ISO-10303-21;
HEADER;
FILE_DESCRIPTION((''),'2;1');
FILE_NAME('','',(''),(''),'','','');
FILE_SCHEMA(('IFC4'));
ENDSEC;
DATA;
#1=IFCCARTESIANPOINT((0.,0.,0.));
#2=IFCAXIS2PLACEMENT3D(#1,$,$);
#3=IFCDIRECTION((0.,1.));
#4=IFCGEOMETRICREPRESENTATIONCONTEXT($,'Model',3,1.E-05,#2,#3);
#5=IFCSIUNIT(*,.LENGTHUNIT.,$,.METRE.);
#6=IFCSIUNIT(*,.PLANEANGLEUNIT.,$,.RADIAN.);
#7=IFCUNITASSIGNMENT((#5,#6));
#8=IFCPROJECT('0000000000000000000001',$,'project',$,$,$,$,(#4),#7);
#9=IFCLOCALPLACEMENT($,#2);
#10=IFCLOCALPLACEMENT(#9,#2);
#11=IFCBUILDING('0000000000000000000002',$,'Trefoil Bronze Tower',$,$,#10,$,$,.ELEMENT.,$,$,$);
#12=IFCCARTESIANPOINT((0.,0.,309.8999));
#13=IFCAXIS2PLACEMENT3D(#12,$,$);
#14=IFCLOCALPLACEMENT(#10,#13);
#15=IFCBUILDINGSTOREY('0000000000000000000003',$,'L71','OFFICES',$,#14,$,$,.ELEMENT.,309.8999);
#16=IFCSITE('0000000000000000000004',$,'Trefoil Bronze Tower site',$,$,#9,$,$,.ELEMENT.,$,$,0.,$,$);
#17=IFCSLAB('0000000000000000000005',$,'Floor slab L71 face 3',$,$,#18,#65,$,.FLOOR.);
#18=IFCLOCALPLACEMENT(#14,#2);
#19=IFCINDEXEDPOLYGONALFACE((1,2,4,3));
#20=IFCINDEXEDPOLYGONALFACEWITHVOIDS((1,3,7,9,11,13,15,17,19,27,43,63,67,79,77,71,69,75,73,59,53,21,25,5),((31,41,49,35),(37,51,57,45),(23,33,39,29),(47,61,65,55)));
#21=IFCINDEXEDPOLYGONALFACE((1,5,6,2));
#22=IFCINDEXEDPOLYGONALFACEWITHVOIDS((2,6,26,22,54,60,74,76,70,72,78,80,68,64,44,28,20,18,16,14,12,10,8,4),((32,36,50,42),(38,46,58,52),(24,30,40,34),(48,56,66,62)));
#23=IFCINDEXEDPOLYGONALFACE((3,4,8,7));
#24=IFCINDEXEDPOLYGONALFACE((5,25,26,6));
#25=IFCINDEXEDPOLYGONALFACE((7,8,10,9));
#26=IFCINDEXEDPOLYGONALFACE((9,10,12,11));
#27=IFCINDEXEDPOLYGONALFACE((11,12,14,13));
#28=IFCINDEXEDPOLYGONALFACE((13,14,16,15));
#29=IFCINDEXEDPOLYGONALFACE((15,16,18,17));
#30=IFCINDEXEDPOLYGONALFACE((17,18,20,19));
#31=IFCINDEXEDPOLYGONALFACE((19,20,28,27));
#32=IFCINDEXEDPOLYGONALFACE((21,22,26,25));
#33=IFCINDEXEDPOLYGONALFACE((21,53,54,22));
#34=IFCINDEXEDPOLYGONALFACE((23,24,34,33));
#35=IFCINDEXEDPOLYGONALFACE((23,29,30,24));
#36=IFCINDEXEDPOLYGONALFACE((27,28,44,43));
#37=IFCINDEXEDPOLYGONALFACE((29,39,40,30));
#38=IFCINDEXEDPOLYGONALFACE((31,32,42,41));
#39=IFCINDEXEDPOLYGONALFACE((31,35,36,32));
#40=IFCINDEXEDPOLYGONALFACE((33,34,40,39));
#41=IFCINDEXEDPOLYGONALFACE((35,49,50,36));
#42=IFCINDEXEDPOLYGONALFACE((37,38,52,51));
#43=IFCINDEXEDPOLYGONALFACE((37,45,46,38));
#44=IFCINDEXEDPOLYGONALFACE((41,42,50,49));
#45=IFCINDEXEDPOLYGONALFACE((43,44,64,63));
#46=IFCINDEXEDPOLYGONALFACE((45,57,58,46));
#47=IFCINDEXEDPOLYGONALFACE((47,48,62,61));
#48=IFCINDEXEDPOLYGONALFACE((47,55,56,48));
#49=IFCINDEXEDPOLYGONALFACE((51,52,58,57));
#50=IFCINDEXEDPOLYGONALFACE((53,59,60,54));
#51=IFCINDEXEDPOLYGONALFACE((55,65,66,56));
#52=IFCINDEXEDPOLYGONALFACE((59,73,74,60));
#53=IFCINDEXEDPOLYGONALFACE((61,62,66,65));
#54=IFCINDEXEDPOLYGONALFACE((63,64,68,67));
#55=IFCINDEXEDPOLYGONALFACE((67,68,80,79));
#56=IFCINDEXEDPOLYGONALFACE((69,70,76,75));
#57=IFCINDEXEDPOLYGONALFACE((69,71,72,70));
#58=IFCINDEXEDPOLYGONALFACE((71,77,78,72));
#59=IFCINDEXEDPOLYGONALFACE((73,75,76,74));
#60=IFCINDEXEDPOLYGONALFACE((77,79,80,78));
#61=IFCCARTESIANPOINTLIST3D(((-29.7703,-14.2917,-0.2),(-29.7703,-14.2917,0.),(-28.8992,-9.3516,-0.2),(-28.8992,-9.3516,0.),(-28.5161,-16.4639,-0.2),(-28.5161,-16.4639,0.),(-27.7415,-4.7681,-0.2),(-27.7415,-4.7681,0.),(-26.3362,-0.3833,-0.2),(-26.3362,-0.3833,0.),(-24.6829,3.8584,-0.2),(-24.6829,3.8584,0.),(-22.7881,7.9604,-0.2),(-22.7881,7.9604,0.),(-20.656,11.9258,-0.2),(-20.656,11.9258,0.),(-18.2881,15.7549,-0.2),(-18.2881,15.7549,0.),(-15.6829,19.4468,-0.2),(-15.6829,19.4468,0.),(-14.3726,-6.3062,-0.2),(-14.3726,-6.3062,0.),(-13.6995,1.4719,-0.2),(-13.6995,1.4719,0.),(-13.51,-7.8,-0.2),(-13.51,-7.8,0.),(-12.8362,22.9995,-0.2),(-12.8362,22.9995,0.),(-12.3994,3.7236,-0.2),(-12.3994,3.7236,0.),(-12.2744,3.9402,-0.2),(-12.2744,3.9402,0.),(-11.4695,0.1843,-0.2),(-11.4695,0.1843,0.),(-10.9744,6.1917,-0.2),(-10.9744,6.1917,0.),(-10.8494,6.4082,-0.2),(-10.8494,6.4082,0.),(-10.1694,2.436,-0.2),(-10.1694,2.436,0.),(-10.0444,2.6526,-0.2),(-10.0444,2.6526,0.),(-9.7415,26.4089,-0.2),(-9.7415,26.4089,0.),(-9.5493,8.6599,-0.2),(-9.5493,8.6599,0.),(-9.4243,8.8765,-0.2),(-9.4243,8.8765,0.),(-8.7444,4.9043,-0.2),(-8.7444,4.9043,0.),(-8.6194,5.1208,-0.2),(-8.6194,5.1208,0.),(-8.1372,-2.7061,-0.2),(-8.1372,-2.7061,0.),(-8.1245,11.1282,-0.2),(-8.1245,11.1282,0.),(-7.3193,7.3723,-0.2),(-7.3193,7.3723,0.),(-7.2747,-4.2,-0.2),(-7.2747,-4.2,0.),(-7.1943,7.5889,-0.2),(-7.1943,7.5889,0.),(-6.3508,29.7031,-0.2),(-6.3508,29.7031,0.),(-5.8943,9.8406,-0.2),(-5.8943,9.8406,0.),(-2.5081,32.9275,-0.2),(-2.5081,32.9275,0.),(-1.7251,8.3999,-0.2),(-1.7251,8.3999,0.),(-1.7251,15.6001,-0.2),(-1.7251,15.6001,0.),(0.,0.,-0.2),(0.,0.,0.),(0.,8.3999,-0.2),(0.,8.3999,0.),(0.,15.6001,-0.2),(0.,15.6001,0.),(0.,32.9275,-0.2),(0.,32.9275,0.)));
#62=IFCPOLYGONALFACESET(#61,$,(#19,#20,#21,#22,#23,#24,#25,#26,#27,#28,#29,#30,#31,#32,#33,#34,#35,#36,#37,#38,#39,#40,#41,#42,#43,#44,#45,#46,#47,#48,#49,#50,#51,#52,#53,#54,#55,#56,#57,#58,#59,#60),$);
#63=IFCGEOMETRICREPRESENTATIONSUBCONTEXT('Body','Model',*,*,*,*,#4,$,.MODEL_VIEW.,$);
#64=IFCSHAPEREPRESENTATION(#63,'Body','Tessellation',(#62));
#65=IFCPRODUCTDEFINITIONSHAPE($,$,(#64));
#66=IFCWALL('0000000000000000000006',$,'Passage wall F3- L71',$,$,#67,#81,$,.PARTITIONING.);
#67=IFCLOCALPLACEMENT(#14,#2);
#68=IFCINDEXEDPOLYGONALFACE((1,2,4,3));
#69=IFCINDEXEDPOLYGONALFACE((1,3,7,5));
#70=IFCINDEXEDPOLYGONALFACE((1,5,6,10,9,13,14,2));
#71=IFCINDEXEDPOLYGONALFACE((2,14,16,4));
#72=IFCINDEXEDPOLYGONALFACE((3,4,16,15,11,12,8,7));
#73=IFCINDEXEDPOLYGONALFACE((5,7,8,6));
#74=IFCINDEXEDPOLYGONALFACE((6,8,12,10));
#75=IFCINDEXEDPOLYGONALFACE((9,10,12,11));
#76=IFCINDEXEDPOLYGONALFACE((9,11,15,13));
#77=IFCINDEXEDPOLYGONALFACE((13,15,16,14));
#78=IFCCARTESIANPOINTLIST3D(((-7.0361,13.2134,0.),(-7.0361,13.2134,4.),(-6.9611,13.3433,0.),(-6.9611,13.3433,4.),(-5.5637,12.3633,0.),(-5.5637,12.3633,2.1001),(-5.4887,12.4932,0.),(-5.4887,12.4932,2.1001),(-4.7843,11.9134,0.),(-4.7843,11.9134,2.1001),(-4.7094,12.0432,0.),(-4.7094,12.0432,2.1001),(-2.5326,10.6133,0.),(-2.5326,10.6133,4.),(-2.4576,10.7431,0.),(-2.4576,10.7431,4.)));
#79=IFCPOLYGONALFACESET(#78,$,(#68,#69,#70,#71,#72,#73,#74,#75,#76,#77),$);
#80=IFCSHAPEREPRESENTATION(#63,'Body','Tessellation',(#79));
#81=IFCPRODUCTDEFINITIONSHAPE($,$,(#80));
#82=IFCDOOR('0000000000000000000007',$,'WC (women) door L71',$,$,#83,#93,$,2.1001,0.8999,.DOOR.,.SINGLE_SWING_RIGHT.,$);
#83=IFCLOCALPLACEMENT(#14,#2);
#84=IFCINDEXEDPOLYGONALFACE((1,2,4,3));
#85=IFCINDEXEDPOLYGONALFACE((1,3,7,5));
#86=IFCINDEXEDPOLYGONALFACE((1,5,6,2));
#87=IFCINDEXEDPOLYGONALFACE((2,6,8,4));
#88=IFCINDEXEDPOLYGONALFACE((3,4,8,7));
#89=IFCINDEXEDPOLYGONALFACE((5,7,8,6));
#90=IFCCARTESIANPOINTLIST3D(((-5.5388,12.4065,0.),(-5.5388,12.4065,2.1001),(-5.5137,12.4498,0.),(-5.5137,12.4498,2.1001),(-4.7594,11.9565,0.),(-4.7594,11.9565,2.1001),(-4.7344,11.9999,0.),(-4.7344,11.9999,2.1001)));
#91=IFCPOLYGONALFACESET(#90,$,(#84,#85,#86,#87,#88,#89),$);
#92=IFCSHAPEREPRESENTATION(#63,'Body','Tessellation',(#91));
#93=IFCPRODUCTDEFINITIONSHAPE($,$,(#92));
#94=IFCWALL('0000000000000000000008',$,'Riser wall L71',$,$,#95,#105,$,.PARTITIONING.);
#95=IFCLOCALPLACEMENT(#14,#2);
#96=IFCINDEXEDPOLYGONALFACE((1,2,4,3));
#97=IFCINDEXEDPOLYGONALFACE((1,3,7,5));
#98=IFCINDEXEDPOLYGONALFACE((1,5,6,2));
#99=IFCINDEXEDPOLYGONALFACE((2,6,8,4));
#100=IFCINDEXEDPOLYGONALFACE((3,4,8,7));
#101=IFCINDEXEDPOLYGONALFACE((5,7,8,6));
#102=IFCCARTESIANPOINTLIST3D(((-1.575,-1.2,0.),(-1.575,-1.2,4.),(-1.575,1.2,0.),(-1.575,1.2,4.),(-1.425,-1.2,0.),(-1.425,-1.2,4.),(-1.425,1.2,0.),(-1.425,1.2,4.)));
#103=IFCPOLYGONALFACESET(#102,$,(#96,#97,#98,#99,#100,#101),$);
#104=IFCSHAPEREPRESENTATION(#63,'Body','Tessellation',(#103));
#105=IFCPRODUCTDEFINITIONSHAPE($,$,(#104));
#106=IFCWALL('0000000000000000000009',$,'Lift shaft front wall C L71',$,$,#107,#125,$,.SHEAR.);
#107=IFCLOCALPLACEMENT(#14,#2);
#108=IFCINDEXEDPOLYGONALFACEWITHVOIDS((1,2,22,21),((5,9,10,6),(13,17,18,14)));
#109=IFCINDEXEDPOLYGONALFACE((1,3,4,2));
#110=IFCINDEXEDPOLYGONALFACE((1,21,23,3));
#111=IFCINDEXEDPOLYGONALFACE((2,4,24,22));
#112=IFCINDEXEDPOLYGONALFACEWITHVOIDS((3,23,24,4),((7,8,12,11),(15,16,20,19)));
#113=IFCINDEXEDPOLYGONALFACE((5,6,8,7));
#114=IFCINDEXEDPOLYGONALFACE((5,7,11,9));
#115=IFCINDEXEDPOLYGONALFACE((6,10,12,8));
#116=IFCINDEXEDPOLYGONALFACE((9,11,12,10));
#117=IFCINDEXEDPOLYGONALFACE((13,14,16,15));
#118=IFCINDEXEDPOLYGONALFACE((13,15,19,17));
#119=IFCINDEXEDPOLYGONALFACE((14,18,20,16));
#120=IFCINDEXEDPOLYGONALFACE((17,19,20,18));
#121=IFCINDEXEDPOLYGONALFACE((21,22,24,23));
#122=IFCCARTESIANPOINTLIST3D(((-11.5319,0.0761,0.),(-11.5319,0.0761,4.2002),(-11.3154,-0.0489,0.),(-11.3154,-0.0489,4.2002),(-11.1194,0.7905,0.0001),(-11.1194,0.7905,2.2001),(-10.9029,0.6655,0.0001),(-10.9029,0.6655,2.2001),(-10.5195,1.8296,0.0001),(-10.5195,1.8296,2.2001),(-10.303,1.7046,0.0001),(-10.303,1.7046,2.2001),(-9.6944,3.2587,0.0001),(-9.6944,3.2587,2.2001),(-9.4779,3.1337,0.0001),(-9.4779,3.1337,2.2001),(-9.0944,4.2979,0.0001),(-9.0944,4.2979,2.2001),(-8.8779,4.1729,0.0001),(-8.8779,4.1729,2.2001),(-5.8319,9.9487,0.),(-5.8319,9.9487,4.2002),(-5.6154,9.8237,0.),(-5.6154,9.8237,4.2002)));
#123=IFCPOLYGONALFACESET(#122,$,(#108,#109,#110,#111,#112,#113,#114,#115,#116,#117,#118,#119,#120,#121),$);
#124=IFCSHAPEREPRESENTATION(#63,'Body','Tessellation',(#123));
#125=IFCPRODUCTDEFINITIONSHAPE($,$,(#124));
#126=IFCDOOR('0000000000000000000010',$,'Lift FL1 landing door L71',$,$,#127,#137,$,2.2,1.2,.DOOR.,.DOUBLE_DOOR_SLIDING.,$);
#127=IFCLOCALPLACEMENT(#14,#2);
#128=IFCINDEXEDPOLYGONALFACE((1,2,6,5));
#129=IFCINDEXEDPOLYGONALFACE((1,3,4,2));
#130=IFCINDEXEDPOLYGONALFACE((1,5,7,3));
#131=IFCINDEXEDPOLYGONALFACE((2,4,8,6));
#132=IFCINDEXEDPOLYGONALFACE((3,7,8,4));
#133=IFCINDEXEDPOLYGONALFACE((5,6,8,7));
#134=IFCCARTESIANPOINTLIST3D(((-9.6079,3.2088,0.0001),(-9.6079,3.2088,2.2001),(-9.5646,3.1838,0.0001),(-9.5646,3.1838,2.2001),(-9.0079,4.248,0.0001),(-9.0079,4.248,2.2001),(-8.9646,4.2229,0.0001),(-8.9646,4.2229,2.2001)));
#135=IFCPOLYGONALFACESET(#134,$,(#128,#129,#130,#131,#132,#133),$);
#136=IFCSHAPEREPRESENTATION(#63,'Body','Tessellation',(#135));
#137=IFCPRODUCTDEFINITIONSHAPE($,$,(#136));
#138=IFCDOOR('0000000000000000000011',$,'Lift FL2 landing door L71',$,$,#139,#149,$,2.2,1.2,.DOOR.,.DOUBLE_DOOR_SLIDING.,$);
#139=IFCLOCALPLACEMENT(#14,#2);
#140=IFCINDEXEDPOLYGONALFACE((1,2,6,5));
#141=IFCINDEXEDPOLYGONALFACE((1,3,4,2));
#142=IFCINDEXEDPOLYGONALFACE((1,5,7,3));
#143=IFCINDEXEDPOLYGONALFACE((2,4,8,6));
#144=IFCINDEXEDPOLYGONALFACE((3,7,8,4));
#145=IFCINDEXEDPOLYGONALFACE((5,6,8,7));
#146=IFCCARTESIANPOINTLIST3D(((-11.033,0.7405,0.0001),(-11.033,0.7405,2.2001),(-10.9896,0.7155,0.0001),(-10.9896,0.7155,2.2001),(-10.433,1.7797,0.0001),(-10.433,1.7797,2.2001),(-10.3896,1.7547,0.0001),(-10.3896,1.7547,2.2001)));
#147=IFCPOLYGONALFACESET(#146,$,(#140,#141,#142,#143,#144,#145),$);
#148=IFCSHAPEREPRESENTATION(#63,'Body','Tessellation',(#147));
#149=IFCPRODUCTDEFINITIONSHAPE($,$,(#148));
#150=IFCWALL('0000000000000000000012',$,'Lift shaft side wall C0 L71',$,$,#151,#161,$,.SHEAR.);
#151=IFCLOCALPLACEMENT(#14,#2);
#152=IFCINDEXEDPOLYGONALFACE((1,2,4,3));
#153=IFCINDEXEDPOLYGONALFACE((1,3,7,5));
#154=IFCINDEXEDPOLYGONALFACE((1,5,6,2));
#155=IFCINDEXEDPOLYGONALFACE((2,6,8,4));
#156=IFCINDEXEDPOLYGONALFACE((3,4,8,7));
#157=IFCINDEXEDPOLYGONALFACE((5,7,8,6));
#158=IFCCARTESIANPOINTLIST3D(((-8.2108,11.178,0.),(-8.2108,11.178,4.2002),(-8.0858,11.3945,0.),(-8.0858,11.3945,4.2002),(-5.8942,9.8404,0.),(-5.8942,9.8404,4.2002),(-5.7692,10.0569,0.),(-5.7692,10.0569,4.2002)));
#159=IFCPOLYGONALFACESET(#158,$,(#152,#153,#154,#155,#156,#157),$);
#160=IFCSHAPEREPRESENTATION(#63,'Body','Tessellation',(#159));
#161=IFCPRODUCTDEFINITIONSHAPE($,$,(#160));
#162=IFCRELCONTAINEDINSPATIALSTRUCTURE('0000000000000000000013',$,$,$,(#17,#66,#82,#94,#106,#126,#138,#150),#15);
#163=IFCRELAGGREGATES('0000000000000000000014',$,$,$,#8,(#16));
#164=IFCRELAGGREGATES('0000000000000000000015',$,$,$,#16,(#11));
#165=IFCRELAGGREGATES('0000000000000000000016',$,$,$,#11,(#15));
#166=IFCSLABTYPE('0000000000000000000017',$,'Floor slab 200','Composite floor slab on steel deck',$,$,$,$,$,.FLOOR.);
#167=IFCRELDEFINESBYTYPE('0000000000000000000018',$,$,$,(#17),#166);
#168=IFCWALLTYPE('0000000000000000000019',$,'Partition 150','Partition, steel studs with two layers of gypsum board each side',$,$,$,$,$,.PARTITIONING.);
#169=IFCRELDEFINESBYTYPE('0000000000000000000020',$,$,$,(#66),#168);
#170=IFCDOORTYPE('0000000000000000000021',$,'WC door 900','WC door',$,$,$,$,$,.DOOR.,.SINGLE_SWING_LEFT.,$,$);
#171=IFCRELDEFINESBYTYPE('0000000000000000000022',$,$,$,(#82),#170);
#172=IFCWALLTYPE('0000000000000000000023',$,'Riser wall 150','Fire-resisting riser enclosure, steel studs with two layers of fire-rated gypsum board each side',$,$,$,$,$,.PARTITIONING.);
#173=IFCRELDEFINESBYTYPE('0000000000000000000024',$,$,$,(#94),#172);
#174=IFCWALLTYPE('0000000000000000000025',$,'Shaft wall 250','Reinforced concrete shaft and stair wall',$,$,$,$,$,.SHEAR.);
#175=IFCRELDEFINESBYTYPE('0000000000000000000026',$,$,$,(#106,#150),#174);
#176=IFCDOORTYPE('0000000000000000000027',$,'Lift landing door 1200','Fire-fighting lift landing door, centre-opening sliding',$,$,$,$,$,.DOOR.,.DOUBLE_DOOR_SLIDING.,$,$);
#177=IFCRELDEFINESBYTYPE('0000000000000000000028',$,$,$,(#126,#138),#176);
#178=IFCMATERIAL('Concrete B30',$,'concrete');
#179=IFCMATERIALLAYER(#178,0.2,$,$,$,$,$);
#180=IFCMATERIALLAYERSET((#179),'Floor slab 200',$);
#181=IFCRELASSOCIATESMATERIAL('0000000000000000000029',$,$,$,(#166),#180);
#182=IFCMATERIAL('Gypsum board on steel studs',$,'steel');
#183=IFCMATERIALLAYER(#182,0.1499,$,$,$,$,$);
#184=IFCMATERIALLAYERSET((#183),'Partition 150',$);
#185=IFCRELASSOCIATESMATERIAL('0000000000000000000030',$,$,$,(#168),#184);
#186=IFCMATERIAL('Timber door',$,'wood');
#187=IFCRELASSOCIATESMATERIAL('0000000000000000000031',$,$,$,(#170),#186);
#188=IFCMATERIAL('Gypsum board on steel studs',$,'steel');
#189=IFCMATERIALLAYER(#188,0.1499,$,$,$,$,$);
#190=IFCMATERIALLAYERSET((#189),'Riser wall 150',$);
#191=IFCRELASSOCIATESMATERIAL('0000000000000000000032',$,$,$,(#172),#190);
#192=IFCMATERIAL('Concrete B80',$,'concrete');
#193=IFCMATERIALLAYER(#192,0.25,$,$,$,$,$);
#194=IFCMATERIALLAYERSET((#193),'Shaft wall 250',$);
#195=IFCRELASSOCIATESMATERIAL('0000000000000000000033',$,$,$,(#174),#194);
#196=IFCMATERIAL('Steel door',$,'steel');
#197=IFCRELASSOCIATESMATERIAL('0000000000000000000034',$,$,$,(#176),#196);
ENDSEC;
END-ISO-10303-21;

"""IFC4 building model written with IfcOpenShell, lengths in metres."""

from ifc_helpers import new_model, si_unit, direction, frame, frame_2d, origin, place, context, subcontext, project, spatial, polyline, rectangle, outline, extrude, material, layer, layer_set, type_object, element, fill, save


model = new_model("IFC4")

# Units and contexts
model_context = context("Model", 3, precision=1e-05, world=origin(), true_north=direction((0.0, 1.0)))
body_context = subcontext(model_context, "Body", "Model", "MODEL_VIEW")
ifc_project = project(units=[si_unit("LENGTHUNIT", "METRE"), si_unit("PLANEANGLEUNIT", "RADIAN")], contexts=[model_context])

# Site, building, storey
site_placement = place(None, origin())
site = spatial("IfcSite", under=ifc_project, at=site_placement, Name="Trefoil Bronze Tower site", CompositionType="ELEMENT", RefElevation=0.0)
building_placement = place(site_placement, origin())
building = spatial("IfcBuilding", under=site, at=building_placement, Name="Trefoil Bronze Tower", CompositionType="ELEMENT")
storey_placement = place(building_placement, frame((0.0, 0.0, 309.8999)))
storey = spatial("IfcBuildingStorey", under=building, at=storey_placement, Name="L71", Description="OFFICES", CompositionType="ELEMENT", Elevation=309.8999)

# Slab
ifc_material_1 = material(Name="Concrete B30", Category="concrete")
ifc_layer_1 = layer(ifc_material_1, 0.2)
ifc_layer_set_1 = layer_set([ifc_layer_1], Name="Floor slab 200")
slab_type = type_object("IfcSlabType", Name="Floor slab 200", Description="Composite floor slab on steel deck", PredefinedType="FLOOR", material=ifc_layer_set_1)
slab_placement = place(storey_placement, frame((0.0, 0.0, -0.2)))
element("IfcSlab", 1, at=slab_placement, inside=storey, type_object=slab_type, Name="Floor slab L71 face 3", PredefinedType="FLOOR", context=body_context, shape_type="SweptSolid", body=[
    extrude(outline(polyline([(-26.3362, -0.3833), (-24.6829, 3.8584), (-22.7881, 7.9604), (-20.656, 11.9258), (-18.2881, 15.7549), (-15.6829, 19.4468), (-12.8362, 22.9995), (-9.7415, 26.4089), (-6.3508, 29.7031), (-2.5081, 32.9275), (0.0, 32.9275), (0.0, 15.6001), (-1.7251, 15.6001), (-1.7251, 8.3999), (0.0, 8.3999), (0.0, 0.0), (-7.2747, -4.2), (-8.1372, -2.7061), (-14.3726, -6.3062), (-13.51, -7.8), (-28.5161, -16.4639), (-29.7703, -14.2917), (-28.8992, -9.3516), (-27.7415, -4.7681), (-26.3362, -0.3833)]), holes=[polyline([(-5.8943, 9.8406), (-7.1943, 7.5889), (-9.4243, 8.8765), (-8.1245, 11.1282), (-5.8943, 9.8406)]), polyline([(-7.3193, 7.3723), (-8.6194, 5.1208), (-10.8494, 6.4082), (-9.5493, 8.6599), (-7.3193, 7.3723)]), polyline([(-8.7444, 4.9043), (-10.0444, 2.6526), (-12.2744, 3.9402), (-10.9744, 6.1917), (-8.7444, 4.9043)]), polyline([(-10.1694, 2.436), (-11.4695, 0.1843), (-13.6995, 1.4719), (-12.3994, 3.7236), (-10.1694, 2.436)])]), origin(), (0.0, 0.0, 1.0), 0.2),
])

# Wall, opening, door
ifc_material_2 = material(Name="Gypsum board on steel studs", Category="steel")
ifc_layer_2 = layer(ifc_material_2, 0.1499)
ifc_layer_set_2 = layer_set([ifc_layer_2], Name="Partition 150")
wall_type_1 = type_object("IfcWallType", Name="Partition 150", Description="Partition, steel studs with two layers of gypsum board each side", PredefinedType="PARTITIONING", material=ifc_layer_set_2)
wall_1_placement = place(storey_placement, frame((-2.4951, 10.6782, 0.0), z_axis=(0.0, 0.0, 1.0), x_axis=(-0.866021, 0.500007, 0.0)))
wall_1 = element("IfcWall", 2, at=wall_1_placement, inside=storey, type_object=wall_type_1, Name="Passage wall F3- L71", PredefinedType="PARTITIONING", context=body_context, shape_type="SweptSolid", body=[
    extrude(rectangle(XDim=5.2002, YDim=0.1499, at=frame_2d((2.6001, 0.0))), origin(), (0.0, 0.0, 1.0), 4.0),
])
opening_1_placement = place(wall_1_placement, frame((2.6001, 0.0, 0.0)))
opening_1 = element("IfcOpeningElement", 3, at=opening_1_placement, cuts=wall_1, PredefinedType="OPENING", context=body_context, shape_type="SweptSolid", body=[
    extrude(rectangle(XDim=0.8999, YDim=2.1001, at=frame_2d((0.45, 1.05))), frame((0.0, 0.085, 0.0), z_axis=(0.0, -1.0, 0.0), x_axis=(1.0, 0.0, 0.0)), (0.0, 0.0, 1.0), 0.1699),
])
ifc_material_3 = material(Name="Timber door", Category="wood")
door_type_1 = type_object("IfcDoorType", Name="WC door 900", Description="WC door", OperationType="SINGLE_SWING_LEFT", PredefinedType="DOOR", material=ifc_material_3)
door_1_placement = place(opening_1_placement, frame((0.8999, 0.0, 0.0), z_axis=(0.0, 0.0, 1.0), x_axis=(-1.0, 0.0, 0.0)))
door_1 = element("IfcDoor", 4, at=door_1_placement, inside=storey, type_object=door_type_1, Name="WC (women) door L71", OperationType="SINGLE_SWING_RIGHT", OverallHeight=2.1001, OverallWidth=0.8999, PredefinedType="DOOR", context=body_context, shape_type="SweptSolid", body=[
    extrude(rectangle(XDim=0.8999, YDim=2.1001, at=frame_2d((0.45, 1.05))), frame((0.0, 0.0249, 0.0), z_axis=(0.0, -1.0, 0.0), x_axis=(1.0, 0.0, 0.0)), (0.0, 0.0, 1.0), 0.05),
])
fill(opening_1, door_1)

# Wall
ifc_material_4 = material(Name="Gypsum board on steel studs", Category="steel")
ifc_layer_3 = layer(ifc_material_4, 0.1499)
ifc_layer_set_3 = layer_set([ifc_layer_3], Name="Riser wall 150")
wall_type_2 = type_object("IfcWallType", Name="Riser wall 150", Description="Fire-resisting riser enclosure, steel studs with two layers of fire-rated gypsum board each side", PredefinedType="PARTITIONING", material=ifc_layer_set_3)
wall_2_placement = place(storey_placement, frame((-1.5, 1.2, 0.0), z_axis=(0.0, 0.0, 1.0), x_axis=(0.0, -1.0, 0.0)))
element("IfcWall", 5, at=wall_2_placement, inside=storey, type_object=wall_type_2, Name="Riser wall L71", PredefinedType="PARTITIONING", context=body_context, shape_type="SweptSolid", body=[
    extrude(rectangle(XDim=2.3999, YDim=0.1499, at=frame_2d((1.2, 0.0))), origin(), (0.0, 0.0, 1.0), 4.0),
])

# Wall, openings, doors
ifc_material_5 = material(Name="Concrete B80", Category="concrete")
ifc_layer_4 = layer(ifc_material_5, 0.25)
ifc_layer_set_4 = layer_set([ifc_layer_4], Name="Shaft wall 250")
wall_type_3 = type_object("IfcWallType", Name="Shaft wall 250", Description="Reinforced concrete shaft and stair wall", PredefinedType="SHEAR", material=ifc_layer_set_4)
wall_3_placement = place(storey_placement, frame((-5.7236, 9.8862, 0.0), z_axis=(0.0, 0.0, 1.0), x_axis=(-0.500002, -0.866024, 0.0)))
wall_3 = element("IfcWall", 6, at=wall_3_placement, inside=storey, type_object=wall_type_3, Name="Lift shaft front wall C L71", PredefinedType="SHEAR", context=body_context, shape_type="SweptSolid", body=[
    extrude(rectangle(XDim=11.3999, YDim=0.25, at=frame_2d((5.7, 0.0))), origin(), (0.0, 0.0, 1.0), 4.2002),
])
opening_2_placement = place(wall_3_placement, frame((6.5249, 0.0, 0.0)))
opening_2 = element("IfcOpeningElement", 7, at=opening_2_placement, cuts=wall_3, PredefinedType="OPENING", context=body_context, shape_type="SweptSolid", body=[
    extrude(rectangle(XDim=1.2, YDim=2.2, at=frame_2d((0.6001, 1.1001))), frame((0.0, 0.135, 0.0), z_axis=(0.0, -1.0, 0.0), x_axis=(1.0, 0.0, 0.0)), (0.0, 0.0, 1.0), 0.27),
])
opening_3_placement = place(wall_3_placement, frame((9.375, 0.0, 0.0)))
opening_3 = element("IfcOpeningElement", 8, at=opening_3_placement, cuts=wall_3, PredefinedType="OPENING", context=body_context, shape_type="SweptSolid", body=[
    extrude(rectangle(XDim=1.2, YDim=2.2, at=frame_2d((0.6001, 1.1001))), frame((0.0, 0.135, 0.0), z_axis=(0.0, -1.0, 0.0), x_axis=(1.0, 0.0, 0.0)), (0.0, 0.0, 1.0), 0.27),
])
ifc_material_6 = material(Name="Steel door", Category="steel")
door_type_2 = type_object("IfcDoorType", Name="Lift landing door 1200", Description="Fire-fighting lift landing door, centre-opening sliding", OperationType="DOUBLE_DOOR_SLIDING", PredefinedType="DOOR", material=ifc_material_6)
door_2_placement = place(opening_2_placement, origin())
door_2 = element("IfcDoor", 9, at=door_2_placement, inside=storey, type_object=door_type_2, Name="Lift FL1 landing door L71", OperationType="DOUBLE_DOOR_SLIDING", OverallHeight=2.2, OverallWidth=1.2, PredefinedType="DOOR", context=body_context, shape_type="SweptSolid", body=[
    extrude(rectangle(XDim=1.2, YDim=2.2, at=frame_2d((0.6001, 1.1001))), frame((0.0, 0.0249, 0.0), z_axis=(0.0, -1.0, 0.0), x_axis=(1.0, 0.0, 0.0)), (0.0, 0.0, 1.0), 0.05),
])
fill(opening_2, door_2)
door_3_placement = place(opening_3_placement, origin())
door_3 = element("IfcDoor", 10, at=door_3_placement, inside=storey, type_object=door_type_2, Name="Lift FL2 landing door L71", OperationType="DOUBLE_DOOR_SLIDING", OverallHeight=2.2, OverallWidth=1.2, PredefinedType="DOOR", context=body_context, shape_type="SweptSolid", body=[
    extrude(rectangle(XDim=1.2, YDim=2.2, at=frame_2d((0.6001, 1.1001))), frame((0.0, 0.0249, 0.0), z_axis=(0.0, -1.0, 0.0), x_axis=(1.0, 0.0, 0.0)), (0.0, 0.0, 1.0), 0.05),
])
fill(opening_3, door_3)

# Wall
for number, where, z_axis, x_axis, name in (
    (11, (-5.8318, 9.9487, 0.0), (0.0, 0.0, 1.0), (-0.866005, 0.500036, 0.0), "Lift shaft side wall C0 L71"),
):
    element("IfcWall", number, at=place(storey_placement, frame(where, z_axis=z_axis, x_axis=x_axis)), inside=storey, type_object=wall_type_3, Name=name, PredefinedType="SHEAR", context=body_context, shape_type="SweptSolid", body=[
        extrude(rectangle(XDim=2.675, YDim=0.25, at=frame_2d((1.3374, 0.0))), origin(), (0.0, 0.0, 1.0), 4.2002),
    ])

save(model, "model.ifc")
